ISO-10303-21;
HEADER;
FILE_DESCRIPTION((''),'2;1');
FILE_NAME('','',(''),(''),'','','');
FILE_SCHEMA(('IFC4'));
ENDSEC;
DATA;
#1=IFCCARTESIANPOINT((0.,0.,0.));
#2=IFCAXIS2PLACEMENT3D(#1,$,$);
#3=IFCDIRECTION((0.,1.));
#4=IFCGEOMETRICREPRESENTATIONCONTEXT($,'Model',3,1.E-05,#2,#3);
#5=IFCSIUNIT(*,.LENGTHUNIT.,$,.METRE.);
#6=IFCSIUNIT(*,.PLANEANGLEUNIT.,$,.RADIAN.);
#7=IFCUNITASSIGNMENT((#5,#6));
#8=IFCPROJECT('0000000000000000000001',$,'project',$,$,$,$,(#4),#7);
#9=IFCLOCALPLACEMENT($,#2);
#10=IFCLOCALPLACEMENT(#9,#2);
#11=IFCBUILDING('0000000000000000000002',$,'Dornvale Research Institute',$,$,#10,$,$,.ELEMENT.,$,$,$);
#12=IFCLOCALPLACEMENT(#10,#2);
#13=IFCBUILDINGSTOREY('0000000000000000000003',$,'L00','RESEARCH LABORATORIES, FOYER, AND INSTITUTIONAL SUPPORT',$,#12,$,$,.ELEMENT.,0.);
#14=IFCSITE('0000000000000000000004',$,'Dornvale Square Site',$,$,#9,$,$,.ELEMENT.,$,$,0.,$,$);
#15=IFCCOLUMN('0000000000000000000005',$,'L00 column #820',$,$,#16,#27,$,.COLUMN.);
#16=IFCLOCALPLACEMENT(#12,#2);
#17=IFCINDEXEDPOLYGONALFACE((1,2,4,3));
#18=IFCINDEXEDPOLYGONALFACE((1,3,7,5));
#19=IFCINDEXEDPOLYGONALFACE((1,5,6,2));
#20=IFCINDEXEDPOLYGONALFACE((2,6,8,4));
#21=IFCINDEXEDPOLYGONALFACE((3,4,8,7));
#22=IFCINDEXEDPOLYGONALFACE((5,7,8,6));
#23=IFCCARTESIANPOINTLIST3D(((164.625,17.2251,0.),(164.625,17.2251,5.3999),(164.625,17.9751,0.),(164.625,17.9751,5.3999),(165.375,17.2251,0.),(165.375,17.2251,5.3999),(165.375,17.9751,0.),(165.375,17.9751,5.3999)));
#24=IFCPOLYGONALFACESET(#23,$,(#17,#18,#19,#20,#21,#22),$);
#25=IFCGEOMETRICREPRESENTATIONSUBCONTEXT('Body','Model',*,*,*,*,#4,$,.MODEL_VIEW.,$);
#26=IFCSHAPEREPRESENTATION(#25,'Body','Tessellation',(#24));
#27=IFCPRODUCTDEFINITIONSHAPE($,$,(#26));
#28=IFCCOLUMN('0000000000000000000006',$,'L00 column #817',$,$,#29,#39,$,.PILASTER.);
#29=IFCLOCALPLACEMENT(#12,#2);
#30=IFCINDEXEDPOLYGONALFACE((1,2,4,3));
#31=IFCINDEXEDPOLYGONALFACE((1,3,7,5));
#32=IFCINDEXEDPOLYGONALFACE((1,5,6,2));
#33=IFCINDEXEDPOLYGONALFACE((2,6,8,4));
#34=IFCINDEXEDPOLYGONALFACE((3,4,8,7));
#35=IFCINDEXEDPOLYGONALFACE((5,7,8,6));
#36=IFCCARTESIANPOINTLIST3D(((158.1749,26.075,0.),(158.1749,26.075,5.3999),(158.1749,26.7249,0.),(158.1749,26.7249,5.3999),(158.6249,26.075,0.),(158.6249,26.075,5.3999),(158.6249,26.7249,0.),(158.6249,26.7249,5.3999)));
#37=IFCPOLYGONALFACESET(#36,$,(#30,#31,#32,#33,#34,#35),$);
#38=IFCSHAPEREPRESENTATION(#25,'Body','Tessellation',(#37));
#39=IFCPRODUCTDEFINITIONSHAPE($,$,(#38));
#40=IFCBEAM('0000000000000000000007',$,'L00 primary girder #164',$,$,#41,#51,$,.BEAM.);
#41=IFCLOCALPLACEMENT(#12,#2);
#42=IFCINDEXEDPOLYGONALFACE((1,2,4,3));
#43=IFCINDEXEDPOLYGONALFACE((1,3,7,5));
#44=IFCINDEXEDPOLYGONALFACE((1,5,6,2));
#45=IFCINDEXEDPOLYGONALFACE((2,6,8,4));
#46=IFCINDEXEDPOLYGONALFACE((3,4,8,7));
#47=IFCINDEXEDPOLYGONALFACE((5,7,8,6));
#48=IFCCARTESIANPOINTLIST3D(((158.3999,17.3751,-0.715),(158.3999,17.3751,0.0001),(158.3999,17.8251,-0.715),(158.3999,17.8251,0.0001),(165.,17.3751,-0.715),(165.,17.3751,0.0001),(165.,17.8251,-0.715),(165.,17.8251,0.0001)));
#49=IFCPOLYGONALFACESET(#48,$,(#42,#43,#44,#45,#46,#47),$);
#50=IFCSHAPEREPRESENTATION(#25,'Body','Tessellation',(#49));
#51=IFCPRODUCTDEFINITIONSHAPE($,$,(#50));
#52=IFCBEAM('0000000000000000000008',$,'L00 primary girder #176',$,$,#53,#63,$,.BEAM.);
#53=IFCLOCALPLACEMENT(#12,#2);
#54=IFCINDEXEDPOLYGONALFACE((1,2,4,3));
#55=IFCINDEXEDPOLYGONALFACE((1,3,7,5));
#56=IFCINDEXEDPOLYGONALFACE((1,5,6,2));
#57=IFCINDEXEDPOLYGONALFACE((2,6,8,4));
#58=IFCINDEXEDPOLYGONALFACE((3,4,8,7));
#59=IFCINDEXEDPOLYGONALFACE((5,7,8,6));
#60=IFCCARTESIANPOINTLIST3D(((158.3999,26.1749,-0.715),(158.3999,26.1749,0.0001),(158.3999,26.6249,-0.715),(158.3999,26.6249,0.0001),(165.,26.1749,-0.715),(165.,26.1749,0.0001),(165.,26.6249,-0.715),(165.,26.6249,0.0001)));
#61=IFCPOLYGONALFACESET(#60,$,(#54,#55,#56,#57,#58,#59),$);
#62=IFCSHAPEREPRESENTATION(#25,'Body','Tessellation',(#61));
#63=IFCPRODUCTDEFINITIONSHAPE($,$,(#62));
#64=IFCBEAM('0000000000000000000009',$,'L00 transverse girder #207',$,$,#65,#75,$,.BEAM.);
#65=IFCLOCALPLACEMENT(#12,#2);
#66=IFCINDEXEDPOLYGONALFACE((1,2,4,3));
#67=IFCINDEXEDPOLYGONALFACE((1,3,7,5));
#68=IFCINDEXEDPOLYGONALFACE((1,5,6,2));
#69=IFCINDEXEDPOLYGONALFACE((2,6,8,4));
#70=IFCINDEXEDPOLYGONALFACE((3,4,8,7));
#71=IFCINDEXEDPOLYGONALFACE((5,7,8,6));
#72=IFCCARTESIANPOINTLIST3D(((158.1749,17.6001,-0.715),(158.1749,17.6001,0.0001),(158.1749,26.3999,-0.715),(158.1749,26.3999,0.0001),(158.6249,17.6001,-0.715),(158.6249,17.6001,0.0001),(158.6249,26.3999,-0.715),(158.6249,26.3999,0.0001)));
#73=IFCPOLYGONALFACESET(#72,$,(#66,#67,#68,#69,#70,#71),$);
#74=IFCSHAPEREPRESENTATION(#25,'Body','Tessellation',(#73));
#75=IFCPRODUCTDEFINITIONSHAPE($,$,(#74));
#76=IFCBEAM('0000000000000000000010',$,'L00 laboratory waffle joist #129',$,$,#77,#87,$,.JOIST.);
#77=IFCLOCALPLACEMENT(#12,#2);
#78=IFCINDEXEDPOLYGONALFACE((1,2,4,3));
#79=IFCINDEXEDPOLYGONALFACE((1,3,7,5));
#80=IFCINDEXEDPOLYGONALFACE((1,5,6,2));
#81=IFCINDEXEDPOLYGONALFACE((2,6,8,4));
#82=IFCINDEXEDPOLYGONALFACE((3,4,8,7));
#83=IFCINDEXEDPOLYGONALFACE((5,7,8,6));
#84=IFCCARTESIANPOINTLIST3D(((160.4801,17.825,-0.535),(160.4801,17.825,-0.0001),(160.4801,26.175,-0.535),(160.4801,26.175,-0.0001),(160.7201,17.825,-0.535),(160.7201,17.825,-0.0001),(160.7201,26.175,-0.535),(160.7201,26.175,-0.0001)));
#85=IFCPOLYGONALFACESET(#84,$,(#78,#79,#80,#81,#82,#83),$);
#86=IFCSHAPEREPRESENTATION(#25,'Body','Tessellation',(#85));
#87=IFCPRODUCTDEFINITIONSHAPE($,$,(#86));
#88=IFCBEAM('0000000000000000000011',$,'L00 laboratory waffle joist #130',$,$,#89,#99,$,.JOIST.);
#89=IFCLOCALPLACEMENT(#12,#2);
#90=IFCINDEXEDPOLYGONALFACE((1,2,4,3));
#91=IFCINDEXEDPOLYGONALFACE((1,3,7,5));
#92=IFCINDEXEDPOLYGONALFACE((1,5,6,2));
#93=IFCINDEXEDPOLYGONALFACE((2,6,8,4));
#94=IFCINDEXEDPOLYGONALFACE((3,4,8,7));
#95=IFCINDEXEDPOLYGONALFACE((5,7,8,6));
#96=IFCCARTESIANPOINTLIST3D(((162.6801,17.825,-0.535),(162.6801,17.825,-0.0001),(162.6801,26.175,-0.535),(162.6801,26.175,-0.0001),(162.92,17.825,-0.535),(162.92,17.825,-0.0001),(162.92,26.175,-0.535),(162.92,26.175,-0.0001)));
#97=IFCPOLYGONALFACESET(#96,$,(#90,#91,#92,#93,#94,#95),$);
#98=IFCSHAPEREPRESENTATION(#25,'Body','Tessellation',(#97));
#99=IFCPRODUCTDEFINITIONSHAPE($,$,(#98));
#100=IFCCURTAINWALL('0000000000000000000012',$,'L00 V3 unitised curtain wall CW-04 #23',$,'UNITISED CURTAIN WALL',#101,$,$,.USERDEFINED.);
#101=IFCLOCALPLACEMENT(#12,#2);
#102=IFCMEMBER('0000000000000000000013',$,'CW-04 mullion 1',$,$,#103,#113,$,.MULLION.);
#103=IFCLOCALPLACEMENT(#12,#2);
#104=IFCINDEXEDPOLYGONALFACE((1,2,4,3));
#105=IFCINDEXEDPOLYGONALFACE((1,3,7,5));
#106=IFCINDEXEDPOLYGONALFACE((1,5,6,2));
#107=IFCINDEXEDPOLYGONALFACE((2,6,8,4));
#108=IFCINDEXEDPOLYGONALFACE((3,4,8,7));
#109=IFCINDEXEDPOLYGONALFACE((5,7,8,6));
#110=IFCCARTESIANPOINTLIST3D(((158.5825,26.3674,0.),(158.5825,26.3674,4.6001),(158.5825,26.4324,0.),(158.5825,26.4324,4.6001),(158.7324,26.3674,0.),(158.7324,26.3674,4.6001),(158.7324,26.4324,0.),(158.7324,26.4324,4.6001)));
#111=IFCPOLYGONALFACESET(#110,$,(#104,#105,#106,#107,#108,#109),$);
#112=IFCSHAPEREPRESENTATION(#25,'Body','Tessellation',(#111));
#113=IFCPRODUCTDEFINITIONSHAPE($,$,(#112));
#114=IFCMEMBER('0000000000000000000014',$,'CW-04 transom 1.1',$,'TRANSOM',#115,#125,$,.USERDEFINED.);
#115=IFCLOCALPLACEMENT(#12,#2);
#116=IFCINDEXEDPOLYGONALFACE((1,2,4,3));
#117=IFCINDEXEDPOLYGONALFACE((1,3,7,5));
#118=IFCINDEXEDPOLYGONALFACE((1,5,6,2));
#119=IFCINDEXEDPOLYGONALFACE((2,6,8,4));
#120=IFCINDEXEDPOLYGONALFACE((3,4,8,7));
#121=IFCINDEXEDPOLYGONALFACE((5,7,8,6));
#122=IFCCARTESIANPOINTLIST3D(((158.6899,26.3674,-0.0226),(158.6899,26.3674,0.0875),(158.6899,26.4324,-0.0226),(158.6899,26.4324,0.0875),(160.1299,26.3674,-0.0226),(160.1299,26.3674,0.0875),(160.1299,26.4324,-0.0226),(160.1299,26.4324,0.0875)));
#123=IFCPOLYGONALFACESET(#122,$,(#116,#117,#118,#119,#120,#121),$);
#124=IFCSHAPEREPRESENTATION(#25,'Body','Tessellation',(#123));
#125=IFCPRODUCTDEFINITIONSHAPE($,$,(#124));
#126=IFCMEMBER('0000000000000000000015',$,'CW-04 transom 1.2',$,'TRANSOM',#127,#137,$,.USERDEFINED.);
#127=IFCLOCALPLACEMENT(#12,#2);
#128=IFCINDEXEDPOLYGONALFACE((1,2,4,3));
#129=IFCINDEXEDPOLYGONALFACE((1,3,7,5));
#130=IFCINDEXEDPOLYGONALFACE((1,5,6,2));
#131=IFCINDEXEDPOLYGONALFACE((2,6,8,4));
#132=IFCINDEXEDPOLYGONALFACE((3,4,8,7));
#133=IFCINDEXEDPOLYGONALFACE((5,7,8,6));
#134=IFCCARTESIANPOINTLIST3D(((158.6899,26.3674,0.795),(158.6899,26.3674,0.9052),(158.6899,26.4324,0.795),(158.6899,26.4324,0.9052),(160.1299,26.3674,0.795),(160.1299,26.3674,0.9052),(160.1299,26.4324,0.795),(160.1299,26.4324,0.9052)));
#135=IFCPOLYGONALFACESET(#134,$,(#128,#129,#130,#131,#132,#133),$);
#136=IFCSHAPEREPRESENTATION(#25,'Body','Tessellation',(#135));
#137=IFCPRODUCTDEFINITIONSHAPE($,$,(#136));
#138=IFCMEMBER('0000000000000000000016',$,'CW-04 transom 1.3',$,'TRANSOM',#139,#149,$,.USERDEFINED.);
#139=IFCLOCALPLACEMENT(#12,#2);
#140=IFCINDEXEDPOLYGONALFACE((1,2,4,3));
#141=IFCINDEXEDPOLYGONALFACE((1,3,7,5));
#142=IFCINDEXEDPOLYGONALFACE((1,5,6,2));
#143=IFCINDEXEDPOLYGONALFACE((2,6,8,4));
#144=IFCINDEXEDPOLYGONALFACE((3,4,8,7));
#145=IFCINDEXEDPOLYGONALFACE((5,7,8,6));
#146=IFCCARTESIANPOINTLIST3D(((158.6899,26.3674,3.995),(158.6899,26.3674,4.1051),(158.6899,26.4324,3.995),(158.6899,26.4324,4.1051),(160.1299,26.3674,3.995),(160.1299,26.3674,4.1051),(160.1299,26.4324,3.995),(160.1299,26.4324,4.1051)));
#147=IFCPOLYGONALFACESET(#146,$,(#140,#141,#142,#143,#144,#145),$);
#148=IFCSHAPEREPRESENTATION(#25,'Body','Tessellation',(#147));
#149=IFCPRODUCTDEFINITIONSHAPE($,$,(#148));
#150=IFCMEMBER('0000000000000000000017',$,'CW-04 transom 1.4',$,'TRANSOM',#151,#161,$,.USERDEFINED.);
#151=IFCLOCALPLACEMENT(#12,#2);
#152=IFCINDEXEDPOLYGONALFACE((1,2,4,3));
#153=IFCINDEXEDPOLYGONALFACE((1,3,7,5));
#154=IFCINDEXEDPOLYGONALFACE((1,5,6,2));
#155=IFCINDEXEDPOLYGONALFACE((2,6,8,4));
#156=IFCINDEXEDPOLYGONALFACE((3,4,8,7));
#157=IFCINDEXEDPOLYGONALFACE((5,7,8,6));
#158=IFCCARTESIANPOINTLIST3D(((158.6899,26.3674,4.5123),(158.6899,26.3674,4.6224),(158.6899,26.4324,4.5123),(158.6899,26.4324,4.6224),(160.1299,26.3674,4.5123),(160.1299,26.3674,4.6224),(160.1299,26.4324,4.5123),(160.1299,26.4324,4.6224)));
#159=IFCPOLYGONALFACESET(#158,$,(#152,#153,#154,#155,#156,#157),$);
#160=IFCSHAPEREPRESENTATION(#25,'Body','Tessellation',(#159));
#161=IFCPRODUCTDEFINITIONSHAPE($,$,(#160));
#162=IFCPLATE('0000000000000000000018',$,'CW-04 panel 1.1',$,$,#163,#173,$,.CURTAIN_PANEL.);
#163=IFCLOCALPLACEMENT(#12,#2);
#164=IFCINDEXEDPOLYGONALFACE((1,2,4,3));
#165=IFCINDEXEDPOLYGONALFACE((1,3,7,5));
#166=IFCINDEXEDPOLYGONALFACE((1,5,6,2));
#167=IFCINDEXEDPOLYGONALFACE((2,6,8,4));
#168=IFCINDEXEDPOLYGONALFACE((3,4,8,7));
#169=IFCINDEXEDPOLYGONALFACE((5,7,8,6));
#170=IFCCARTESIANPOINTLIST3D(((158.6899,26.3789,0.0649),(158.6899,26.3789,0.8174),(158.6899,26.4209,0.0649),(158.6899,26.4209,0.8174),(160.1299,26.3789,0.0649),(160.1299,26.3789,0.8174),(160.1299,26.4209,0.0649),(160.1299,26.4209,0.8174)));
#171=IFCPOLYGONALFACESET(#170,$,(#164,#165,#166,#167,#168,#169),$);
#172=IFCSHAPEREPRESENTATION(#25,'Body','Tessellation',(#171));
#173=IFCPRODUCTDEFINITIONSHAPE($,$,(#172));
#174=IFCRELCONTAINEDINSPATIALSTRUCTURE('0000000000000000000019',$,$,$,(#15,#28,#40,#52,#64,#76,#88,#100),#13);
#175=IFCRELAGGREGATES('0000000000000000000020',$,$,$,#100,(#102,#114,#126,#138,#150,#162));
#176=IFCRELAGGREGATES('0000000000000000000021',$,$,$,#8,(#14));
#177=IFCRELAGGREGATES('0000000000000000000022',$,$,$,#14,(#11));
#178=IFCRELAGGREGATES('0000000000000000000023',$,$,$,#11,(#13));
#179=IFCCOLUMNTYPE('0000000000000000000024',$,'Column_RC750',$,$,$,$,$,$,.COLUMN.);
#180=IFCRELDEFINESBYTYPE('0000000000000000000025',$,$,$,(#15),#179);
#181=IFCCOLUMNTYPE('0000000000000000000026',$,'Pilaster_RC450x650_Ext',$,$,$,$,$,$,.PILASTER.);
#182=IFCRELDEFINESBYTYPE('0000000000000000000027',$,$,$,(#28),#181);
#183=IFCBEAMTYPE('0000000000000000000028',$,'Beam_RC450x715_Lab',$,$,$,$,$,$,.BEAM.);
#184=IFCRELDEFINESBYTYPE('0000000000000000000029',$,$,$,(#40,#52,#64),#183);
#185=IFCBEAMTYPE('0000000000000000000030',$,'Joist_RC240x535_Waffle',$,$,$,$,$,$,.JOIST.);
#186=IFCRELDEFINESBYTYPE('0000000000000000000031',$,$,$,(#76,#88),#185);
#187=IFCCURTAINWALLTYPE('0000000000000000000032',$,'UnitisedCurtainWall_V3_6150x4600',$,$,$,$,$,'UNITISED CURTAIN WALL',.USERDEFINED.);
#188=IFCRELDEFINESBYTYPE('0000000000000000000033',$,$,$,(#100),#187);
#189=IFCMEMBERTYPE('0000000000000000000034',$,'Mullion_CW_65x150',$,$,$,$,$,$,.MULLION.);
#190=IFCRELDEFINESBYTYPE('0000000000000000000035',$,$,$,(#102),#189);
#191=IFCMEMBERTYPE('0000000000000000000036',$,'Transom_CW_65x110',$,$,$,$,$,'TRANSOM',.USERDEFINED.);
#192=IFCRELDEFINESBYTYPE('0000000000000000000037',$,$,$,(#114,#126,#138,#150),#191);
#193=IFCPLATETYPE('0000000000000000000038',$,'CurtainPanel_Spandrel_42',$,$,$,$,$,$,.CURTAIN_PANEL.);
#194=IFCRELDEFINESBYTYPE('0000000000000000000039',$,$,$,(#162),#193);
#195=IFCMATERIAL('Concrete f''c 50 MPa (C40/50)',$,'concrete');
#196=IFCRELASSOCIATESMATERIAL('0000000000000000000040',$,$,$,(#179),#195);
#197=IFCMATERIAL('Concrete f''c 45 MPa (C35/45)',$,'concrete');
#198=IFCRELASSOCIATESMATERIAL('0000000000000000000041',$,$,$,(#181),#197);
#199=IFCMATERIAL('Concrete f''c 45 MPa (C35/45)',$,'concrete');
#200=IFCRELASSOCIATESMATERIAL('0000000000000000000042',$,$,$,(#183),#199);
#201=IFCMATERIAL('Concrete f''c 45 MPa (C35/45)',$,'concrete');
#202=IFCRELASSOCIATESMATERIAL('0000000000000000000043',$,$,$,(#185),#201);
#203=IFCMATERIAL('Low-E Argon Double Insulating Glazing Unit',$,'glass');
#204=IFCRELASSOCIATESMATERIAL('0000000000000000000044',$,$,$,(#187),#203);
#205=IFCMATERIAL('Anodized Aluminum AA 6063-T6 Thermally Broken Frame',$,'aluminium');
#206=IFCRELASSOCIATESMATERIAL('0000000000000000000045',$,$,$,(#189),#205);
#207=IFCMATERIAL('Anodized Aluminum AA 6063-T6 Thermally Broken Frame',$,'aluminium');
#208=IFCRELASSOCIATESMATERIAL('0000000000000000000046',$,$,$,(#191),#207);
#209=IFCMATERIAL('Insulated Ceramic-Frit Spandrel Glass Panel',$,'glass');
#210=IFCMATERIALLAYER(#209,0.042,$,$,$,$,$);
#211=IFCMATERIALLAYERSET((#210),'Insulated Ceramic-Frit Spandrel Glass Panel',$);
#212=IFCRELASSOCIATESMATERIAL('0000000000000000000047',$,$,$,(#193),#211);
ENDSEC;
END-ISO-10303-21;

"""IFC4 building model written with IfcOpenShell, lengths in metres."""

from ifc_helpers import new_model, si_unit, direction, frame, origin, origin_2d, place, context, subcontext, project, spatial, rectangle, extrude, material, layer, layer_set, material_profile, profile_set, type_object, element, aggregate, save


model = new_model("IFC4")

# Units and contexts
model_context = context("Model", 3, precision=1e-05, world=origin(), true_north=direction((0.0, 1.0)))
body_context = subcontext(model_context, "Body", "Model", "MODEL_VIEW")
ifc_project = project(units=[si_unit("LENGTHUNIT", "METRE"), si_unit("PLANEANGLEUNIT", "RADIAN")], contexts=[model_context])

# Site, building, storey
site_placement = place(None, origin())
site = spatial("IfcSite", under=ifc_project, at=site_placement, Name="Dornvale Square Site", CompositionType="ELEMENT", RefElevation=0.0)
building_placement = place(site_placement, origin())
building = spatial("IfcBuilding", under=site, at=building_placement, Name="Dornvale Research Institute", CompositionType="ELEMENT")
storey_placement = place(building_placement, origin())
storey = spatial("IfcBuildingStorey", under=building, at=storey_placement, Name="L00", Description="RESEARCH LABORATORIES, FOYER, AND INSTITUTIONAL SUPPORT", CompositionType="ELEMENT", Elevation=0.0)

# Columns
ifc_material_1 = material(Name="Concrete f'c 50 MPa (C40/50)", Category="concrete")
ifc_material_profile_1 = material_profile(ifc_material_1, rectangle(XDim=0.75, YDim=0.75, at=origin_2d()), Name="RC 750x750")
ifc_profile_set_1 = profile_set([ifc_material_profile_1], Name="Concrete f'c 50 MPa (C40/50)")
column_type_1 = type_object("IfcColumnType", Name="Column_RC750", PredefinedType="COLUMN", material=ifc_profile_set_1)
column_1_placement = place(storey_placement, frame((165.0, 17.6001, 0.0), z_axis=(0.0, 0.0, 1.0), x_axis=(1.0, 0.0, 0.0)))
element("IfcColumn", 1, at=column_1_placement, inside=storey, type_object=column_type_1, Name="L00 column #820", PredefinedType="COLUMN", context=body_context, shape_type="SweptSolid", body=[
    extrude(rectangle(XDim=0.75, YDim=0.75, at=origin_2d()), origin(), (0.0, 0.0, 1.0), 5.3999),
])
ifc_material_2 = material(Name="Concrete f'c 45 MPa (C35/45)", Category="concrete")
ifc_material_profile_2 = material_profile(ifc_material_2, rectangle(XDim=0.45, YDim=0.6499, at=origin_2d()), Name="RC 450x650")
ifc_profile_set_2 = profile_set([ifc_material_profile_2], Name="Concrete f'c 45 MPa (C35/45)")
column_type_2 = type_object("IfcColumnType", Name="Pilaster_RC450x650_Ext", PredefinedType="PILASTER", material=ifc_profile_set_2)
column_2_placement = place(storey_placement, frame((158.3999, 26.3999, 0.0), z_axis=(0.0, 0.0, 1.0), x_axis=(1.0, 0.0, 0.0)))
element("IfcColumn", 2, at=column_2_placement, inside=storey, type_object=column_type_2, Name="L00 column #817", PredefinedType="PILASTER", context=body_context, shape_type="SweptSolid", body=[
    extrude(rectangle(XDim=0.45, YDim=0.6499, at=origin_2d()), origin(), (0.0, 0.0, 1.0), 5.3999),
])

# Beams
ifc_material_3 = material(Name="Concrete f'c 45 MPa (C35/45)", Category="concrete")
ifc_material_profile_3 = material_profile(ifc_material_3, rectangle(XDim=0.45, YDim=0.7151, at=origin_2d()), Name="RC 450x715")
ifc_profile_set_3 = profile_set([ifc_material_profile_3], Name="Concrete f'c 45 MPa (C35/45)")
beam_type_1 = type_object("IfcBeamType", Name="Beam_RC450x715_Lab", PredefinedType="BEAM", material=ifc_profile_set_3)
for number, where, z_axis, x_axis, name in (
    (3, (158.3999, 17.6001, -0.3574), (1.0, 0.0, 0.0), (0.0, 1.0, 0.0), "L00 primary girder #164"),
    (4, (158.3999, 26.3999, -0.3574), (1.0, 0.0, 0.0), (0.0, 1.0, 0.0), "L00 primary girder #176"),
):
    element("IfcBeam", number, at=place(storey_placement, frame(where, z_axis=z_axis, x_axis=x_axis)), inside=storey, type_object=beam_type_1, Name=name, PredefinedType="BEAM", context=body_context, shape_type="SweptSolid", body=[
        extrude(rectangle(XDim=0.45, YDim=0.7151, at=origin_2d()), origin(), (0.0, 0.0, 1.0), 6.6001),
    ])
beam_placement = place(storey_placement, frame((158.3999, 17.6001, -0.3574), z_axis=(0.0, 1.0, 0.0), x_axis=(-1.0, 0.0, 0.0)))
element("IfcBeam", 5, at=beam_placement, inside=storey, type_object=beam_type_1, Name="L00 transverse girder #207", PredefinedType="BEAM", context=body_context, shape_type="SweptSolid", body=[
    extrude(rectangle(XDim=0.45, YDim=0.7151, at=origin_2d()), origin(), (0.0, 0.0, 1.0), 8.7998),
])
ifc_material_4 = material(Name="Concrete f'c 45 MPa (C35/45)", Category="concrete")
ifc_material_profile_4 = material_profile(ifc_material_4, rectangle(XDim=0.24, YDim=0.5349, at=origin_2d()), Name="RC 240x535")
ifc_profile_set_4 = profile_set([ifc_material_profile_4], Name="Concrete f'c 45 MPa (C35/45)")
beam_type_2 = type_object("IfcBeamType", Name="Joist_RC240x535_Waffle", PredefinedType="JOIST", material=ifc_profile_set_4)
for number, where, z_axis, x_axis, name in (
    (6, (160.6001, 17.825, -0.2676), (0.0, 1.0, 0.0), (-1.0, 0.0, 0.0), "L00 laboratory waffle joist #129"),
    (7, (162.8, 17.825, -0.2676), (0.0, 1.0, 0.0), (-1.0, 0.0, 0.0), "L00 laboratory waffle joist #130"),
):
    element("IfcBeam", number, at=place(storey_placement, frame(where, z_axis=z_axis, x_axis=x_axis)), inside=storey, type_object=beam_type_2, Name=name, PredefinedType="JOIST", context=body_context, shape_type="SweptSolid", body=[
        extrude(rectangle(XDim=0.24, YDim=0.5349, at=origin_2d()), origin(), (0.0, 0.0, 1.0), 8.3501),
    ])

# Curtain wall, members, plate
ifc_material_5 = material(Name="Low-E Argon Double Insulating Glazing Unit", Category="glass")
curtain_wall_type = type_object("IfcCurtainWallType", Name="UnitisedCurtainWall_V3_6150x4600", ElementType="UNITISED CURTAIN WALL", PredefinedType="USERDEFINED", material=ifc_material_5)
curtain_wall_placement = place(storey_placement, origin())
curtain_wall = element("IfcCurtainWall", 8, at=curtain_wall_placement, inside=storey, type_object=curtain_wall_type, Name="L00 V3 unitised curtain wall CW-04 #23", ObjectType="UNITISED CURTAIN WALL", PredefinedType="USERDEFINED")
ifc_material_6 = material(Name="Anodized Aluminum AA 6063-T6 Thermally Broken Frame", Category="aluminium")
ifc_material_profile_5 = material_profile(ifc_material_6, rectangle(XDim=0.0649, YDim=0.1499, at=origin_2d()), Name="ALU MULLION 65x150")
ifc_profile_set_5 = profile_set([ifc_material_profile_5], Name="Anodized Aluminum AA 6063-T6 Thermally Broken Frame")
member_type_1 = type_object("IfcMemberType", Name="Mullion_CW_65x150", PredefinedType="MULLION", material=ifc_profile_set_5)
member_1_placement = place(storey_placement, frame((158.6575, 26.3999, 0.0), z_axis=(0.0, 0.0, 1.0), x_axis=(0.0, 1.0, 0.0)))
member_1 = element("IfcMember", 9, at=member_1_placement, type_object=member_type_1, Name="CW-04 mullion 1", PredefinedType="MULLION", context=body_context, shape_type="SweptSolid", body=[
    extrude(rectangle(XDim=0.0649, YDim=0.1499, at=origin_2d()), origin(), (0.0, 0.0, 1.0), 4.6001),
])
ifc_material_7 = material(Name="Anodized Aluminum AA 6063-T6 Thermally Broken Frame", Category="aluminium")
ifc_material_profile_6 = material_profile(ifc_material_7, rectangle(XDim=0.0649, YDim=0.1101, at=origin_2d()), Name="ALU TRANSOM 65x110")
ifc_profile_set_6 = profile_set([ifc_material_profile_6], Name="Anodized Aluminum AA 6063-T6 Thermally Broken Frame")
member_type_2 = type_object("IfcMemberType", Name="Transom_CW_65x110", ElementType="TRANSOM", PredefinedType="USERDEFINED", material=ifc_profile_set_6)
member_2_placement = place(storey_placement, frame((158.6899, 26.3999, 0.0325), z_axis=(1.0, 0.0, 0.0), x_axis=(0.0, 1.0, 0.0)))
member_2 = element("IfcMember", 10, at=member_2_placement, type_object=member_type_2, Name="CW-04 transom 1.1", ObjectType="TRANSOM", PredefinedType="USERDEFINED", context=body_context, shape_type="SweptSolid", body=[
    extrude(rectangle(XDim=0.0649, YDim=0.1101, at=origin_2d()), origin(), (0.0, 0.0, 1.0), 1.4399),
])
member_3_placement = place(storey_placement, frame((158.6899, 26.3999, 0.8501), z_axis=(1.0, 0.0, 0.0), x_axis=(0.0, 1.0, 0.0)))
member_3 = element("IfcMember", 11, at=member_3_placement, type_object=member_type_2, Name="CW-04 transom 1.2", ObjectType="TRANSOM", PredefinedType="USERDEFINED", context=body_context, shape_type="SweptSolid", body=[
    extrude(rectangle(XDim=0.0649, YDim=0.1101, at=origin_2d()), origin(), (0.0, 0.0, 1.0), 1.4399),
])
member_4_placement = place(storey_placement, frame((158.6899, 26.3999, 4.05), z_axis=(1.0, 0.0, 0.0), x_axis=(0.0, 1.0, 0.0)))
member_4 = element("IfcMember", 12, at=member_4_placement, type_object=member_type_2, Name="CW-04 transom 1.3", ObjectType="TRANSOM", PredefinedType="USERDEFINED", context=body_context, shape_type="SweptSolid", body=[
    extrude(rectangle(XDim=0.0649, YDim=0.1101, at=origin_2d()), origin(), (0.0, 0.0, 1.0), 1.4399),
])
member_5_placement = place(storey_placement, frame((158.6899, 26.3999, 4.5674), z_axis=(1.0, 0.0, 0.0), x_axis=(0.0, 1.0, 0.0)))
member_5 = element("IfcMember", 13, at=member_5_placement, type_object=member_type_2, Name="CW-04 transom 1.4", ObjectType="TRANSOM", PredefinedType="USERDEFINED", context=body_context, shape_type="SweptSolid", body=[
    extrude(rectangle(XDim=0.0649, YDim=0.1101, at=origin_2d()), origin(), (0.0, 0.0, 1.0), 1.4399),
])
ifc_material_8 = material(Name="Insulated Ceramic-Frit Spandrel Glass Panel", Category="glass")
ifc_layer_1 = layer(ifc_material_8, 0.042)
ifc_layer_set_1 = layer_set([ifc_layer_1], Name="Insulated Ceramic-Frit Spandrel Glass Panel")
plate_type_1 = type_object("IfcPlateType", Name="CurtainPanel_Spandrel_42", PredefinedType="CURTAIN_PANEL", material=ifc_layer_set_1)
plate_1_placement = place(storey_placement, frame((159.4099, 26.3999, 0.0649), z_axis=(0.0, 0.0, 1.0), x_axis=(1.0, 0.0, 0.0)))
plate_1 = element("IfcPlate", 14, at=plate_1_placement, type_object=plate_type_1, Name="CW-04 panel 1.1", PredefinedType="CURTAIN_PANEL", context=body_context, shape_type="SweptSolid", body=[
    extrude(rectangle(XDim=1.4399, YDim=0.042, at=origin_2d()), origin(), (0.0, 0.0, 1.0), 0.7524),
])
aggregate(curtain_wall, [member_1, member_2, member_3, member_4, member_5, plate_1])

save(model, "model.ifc")
